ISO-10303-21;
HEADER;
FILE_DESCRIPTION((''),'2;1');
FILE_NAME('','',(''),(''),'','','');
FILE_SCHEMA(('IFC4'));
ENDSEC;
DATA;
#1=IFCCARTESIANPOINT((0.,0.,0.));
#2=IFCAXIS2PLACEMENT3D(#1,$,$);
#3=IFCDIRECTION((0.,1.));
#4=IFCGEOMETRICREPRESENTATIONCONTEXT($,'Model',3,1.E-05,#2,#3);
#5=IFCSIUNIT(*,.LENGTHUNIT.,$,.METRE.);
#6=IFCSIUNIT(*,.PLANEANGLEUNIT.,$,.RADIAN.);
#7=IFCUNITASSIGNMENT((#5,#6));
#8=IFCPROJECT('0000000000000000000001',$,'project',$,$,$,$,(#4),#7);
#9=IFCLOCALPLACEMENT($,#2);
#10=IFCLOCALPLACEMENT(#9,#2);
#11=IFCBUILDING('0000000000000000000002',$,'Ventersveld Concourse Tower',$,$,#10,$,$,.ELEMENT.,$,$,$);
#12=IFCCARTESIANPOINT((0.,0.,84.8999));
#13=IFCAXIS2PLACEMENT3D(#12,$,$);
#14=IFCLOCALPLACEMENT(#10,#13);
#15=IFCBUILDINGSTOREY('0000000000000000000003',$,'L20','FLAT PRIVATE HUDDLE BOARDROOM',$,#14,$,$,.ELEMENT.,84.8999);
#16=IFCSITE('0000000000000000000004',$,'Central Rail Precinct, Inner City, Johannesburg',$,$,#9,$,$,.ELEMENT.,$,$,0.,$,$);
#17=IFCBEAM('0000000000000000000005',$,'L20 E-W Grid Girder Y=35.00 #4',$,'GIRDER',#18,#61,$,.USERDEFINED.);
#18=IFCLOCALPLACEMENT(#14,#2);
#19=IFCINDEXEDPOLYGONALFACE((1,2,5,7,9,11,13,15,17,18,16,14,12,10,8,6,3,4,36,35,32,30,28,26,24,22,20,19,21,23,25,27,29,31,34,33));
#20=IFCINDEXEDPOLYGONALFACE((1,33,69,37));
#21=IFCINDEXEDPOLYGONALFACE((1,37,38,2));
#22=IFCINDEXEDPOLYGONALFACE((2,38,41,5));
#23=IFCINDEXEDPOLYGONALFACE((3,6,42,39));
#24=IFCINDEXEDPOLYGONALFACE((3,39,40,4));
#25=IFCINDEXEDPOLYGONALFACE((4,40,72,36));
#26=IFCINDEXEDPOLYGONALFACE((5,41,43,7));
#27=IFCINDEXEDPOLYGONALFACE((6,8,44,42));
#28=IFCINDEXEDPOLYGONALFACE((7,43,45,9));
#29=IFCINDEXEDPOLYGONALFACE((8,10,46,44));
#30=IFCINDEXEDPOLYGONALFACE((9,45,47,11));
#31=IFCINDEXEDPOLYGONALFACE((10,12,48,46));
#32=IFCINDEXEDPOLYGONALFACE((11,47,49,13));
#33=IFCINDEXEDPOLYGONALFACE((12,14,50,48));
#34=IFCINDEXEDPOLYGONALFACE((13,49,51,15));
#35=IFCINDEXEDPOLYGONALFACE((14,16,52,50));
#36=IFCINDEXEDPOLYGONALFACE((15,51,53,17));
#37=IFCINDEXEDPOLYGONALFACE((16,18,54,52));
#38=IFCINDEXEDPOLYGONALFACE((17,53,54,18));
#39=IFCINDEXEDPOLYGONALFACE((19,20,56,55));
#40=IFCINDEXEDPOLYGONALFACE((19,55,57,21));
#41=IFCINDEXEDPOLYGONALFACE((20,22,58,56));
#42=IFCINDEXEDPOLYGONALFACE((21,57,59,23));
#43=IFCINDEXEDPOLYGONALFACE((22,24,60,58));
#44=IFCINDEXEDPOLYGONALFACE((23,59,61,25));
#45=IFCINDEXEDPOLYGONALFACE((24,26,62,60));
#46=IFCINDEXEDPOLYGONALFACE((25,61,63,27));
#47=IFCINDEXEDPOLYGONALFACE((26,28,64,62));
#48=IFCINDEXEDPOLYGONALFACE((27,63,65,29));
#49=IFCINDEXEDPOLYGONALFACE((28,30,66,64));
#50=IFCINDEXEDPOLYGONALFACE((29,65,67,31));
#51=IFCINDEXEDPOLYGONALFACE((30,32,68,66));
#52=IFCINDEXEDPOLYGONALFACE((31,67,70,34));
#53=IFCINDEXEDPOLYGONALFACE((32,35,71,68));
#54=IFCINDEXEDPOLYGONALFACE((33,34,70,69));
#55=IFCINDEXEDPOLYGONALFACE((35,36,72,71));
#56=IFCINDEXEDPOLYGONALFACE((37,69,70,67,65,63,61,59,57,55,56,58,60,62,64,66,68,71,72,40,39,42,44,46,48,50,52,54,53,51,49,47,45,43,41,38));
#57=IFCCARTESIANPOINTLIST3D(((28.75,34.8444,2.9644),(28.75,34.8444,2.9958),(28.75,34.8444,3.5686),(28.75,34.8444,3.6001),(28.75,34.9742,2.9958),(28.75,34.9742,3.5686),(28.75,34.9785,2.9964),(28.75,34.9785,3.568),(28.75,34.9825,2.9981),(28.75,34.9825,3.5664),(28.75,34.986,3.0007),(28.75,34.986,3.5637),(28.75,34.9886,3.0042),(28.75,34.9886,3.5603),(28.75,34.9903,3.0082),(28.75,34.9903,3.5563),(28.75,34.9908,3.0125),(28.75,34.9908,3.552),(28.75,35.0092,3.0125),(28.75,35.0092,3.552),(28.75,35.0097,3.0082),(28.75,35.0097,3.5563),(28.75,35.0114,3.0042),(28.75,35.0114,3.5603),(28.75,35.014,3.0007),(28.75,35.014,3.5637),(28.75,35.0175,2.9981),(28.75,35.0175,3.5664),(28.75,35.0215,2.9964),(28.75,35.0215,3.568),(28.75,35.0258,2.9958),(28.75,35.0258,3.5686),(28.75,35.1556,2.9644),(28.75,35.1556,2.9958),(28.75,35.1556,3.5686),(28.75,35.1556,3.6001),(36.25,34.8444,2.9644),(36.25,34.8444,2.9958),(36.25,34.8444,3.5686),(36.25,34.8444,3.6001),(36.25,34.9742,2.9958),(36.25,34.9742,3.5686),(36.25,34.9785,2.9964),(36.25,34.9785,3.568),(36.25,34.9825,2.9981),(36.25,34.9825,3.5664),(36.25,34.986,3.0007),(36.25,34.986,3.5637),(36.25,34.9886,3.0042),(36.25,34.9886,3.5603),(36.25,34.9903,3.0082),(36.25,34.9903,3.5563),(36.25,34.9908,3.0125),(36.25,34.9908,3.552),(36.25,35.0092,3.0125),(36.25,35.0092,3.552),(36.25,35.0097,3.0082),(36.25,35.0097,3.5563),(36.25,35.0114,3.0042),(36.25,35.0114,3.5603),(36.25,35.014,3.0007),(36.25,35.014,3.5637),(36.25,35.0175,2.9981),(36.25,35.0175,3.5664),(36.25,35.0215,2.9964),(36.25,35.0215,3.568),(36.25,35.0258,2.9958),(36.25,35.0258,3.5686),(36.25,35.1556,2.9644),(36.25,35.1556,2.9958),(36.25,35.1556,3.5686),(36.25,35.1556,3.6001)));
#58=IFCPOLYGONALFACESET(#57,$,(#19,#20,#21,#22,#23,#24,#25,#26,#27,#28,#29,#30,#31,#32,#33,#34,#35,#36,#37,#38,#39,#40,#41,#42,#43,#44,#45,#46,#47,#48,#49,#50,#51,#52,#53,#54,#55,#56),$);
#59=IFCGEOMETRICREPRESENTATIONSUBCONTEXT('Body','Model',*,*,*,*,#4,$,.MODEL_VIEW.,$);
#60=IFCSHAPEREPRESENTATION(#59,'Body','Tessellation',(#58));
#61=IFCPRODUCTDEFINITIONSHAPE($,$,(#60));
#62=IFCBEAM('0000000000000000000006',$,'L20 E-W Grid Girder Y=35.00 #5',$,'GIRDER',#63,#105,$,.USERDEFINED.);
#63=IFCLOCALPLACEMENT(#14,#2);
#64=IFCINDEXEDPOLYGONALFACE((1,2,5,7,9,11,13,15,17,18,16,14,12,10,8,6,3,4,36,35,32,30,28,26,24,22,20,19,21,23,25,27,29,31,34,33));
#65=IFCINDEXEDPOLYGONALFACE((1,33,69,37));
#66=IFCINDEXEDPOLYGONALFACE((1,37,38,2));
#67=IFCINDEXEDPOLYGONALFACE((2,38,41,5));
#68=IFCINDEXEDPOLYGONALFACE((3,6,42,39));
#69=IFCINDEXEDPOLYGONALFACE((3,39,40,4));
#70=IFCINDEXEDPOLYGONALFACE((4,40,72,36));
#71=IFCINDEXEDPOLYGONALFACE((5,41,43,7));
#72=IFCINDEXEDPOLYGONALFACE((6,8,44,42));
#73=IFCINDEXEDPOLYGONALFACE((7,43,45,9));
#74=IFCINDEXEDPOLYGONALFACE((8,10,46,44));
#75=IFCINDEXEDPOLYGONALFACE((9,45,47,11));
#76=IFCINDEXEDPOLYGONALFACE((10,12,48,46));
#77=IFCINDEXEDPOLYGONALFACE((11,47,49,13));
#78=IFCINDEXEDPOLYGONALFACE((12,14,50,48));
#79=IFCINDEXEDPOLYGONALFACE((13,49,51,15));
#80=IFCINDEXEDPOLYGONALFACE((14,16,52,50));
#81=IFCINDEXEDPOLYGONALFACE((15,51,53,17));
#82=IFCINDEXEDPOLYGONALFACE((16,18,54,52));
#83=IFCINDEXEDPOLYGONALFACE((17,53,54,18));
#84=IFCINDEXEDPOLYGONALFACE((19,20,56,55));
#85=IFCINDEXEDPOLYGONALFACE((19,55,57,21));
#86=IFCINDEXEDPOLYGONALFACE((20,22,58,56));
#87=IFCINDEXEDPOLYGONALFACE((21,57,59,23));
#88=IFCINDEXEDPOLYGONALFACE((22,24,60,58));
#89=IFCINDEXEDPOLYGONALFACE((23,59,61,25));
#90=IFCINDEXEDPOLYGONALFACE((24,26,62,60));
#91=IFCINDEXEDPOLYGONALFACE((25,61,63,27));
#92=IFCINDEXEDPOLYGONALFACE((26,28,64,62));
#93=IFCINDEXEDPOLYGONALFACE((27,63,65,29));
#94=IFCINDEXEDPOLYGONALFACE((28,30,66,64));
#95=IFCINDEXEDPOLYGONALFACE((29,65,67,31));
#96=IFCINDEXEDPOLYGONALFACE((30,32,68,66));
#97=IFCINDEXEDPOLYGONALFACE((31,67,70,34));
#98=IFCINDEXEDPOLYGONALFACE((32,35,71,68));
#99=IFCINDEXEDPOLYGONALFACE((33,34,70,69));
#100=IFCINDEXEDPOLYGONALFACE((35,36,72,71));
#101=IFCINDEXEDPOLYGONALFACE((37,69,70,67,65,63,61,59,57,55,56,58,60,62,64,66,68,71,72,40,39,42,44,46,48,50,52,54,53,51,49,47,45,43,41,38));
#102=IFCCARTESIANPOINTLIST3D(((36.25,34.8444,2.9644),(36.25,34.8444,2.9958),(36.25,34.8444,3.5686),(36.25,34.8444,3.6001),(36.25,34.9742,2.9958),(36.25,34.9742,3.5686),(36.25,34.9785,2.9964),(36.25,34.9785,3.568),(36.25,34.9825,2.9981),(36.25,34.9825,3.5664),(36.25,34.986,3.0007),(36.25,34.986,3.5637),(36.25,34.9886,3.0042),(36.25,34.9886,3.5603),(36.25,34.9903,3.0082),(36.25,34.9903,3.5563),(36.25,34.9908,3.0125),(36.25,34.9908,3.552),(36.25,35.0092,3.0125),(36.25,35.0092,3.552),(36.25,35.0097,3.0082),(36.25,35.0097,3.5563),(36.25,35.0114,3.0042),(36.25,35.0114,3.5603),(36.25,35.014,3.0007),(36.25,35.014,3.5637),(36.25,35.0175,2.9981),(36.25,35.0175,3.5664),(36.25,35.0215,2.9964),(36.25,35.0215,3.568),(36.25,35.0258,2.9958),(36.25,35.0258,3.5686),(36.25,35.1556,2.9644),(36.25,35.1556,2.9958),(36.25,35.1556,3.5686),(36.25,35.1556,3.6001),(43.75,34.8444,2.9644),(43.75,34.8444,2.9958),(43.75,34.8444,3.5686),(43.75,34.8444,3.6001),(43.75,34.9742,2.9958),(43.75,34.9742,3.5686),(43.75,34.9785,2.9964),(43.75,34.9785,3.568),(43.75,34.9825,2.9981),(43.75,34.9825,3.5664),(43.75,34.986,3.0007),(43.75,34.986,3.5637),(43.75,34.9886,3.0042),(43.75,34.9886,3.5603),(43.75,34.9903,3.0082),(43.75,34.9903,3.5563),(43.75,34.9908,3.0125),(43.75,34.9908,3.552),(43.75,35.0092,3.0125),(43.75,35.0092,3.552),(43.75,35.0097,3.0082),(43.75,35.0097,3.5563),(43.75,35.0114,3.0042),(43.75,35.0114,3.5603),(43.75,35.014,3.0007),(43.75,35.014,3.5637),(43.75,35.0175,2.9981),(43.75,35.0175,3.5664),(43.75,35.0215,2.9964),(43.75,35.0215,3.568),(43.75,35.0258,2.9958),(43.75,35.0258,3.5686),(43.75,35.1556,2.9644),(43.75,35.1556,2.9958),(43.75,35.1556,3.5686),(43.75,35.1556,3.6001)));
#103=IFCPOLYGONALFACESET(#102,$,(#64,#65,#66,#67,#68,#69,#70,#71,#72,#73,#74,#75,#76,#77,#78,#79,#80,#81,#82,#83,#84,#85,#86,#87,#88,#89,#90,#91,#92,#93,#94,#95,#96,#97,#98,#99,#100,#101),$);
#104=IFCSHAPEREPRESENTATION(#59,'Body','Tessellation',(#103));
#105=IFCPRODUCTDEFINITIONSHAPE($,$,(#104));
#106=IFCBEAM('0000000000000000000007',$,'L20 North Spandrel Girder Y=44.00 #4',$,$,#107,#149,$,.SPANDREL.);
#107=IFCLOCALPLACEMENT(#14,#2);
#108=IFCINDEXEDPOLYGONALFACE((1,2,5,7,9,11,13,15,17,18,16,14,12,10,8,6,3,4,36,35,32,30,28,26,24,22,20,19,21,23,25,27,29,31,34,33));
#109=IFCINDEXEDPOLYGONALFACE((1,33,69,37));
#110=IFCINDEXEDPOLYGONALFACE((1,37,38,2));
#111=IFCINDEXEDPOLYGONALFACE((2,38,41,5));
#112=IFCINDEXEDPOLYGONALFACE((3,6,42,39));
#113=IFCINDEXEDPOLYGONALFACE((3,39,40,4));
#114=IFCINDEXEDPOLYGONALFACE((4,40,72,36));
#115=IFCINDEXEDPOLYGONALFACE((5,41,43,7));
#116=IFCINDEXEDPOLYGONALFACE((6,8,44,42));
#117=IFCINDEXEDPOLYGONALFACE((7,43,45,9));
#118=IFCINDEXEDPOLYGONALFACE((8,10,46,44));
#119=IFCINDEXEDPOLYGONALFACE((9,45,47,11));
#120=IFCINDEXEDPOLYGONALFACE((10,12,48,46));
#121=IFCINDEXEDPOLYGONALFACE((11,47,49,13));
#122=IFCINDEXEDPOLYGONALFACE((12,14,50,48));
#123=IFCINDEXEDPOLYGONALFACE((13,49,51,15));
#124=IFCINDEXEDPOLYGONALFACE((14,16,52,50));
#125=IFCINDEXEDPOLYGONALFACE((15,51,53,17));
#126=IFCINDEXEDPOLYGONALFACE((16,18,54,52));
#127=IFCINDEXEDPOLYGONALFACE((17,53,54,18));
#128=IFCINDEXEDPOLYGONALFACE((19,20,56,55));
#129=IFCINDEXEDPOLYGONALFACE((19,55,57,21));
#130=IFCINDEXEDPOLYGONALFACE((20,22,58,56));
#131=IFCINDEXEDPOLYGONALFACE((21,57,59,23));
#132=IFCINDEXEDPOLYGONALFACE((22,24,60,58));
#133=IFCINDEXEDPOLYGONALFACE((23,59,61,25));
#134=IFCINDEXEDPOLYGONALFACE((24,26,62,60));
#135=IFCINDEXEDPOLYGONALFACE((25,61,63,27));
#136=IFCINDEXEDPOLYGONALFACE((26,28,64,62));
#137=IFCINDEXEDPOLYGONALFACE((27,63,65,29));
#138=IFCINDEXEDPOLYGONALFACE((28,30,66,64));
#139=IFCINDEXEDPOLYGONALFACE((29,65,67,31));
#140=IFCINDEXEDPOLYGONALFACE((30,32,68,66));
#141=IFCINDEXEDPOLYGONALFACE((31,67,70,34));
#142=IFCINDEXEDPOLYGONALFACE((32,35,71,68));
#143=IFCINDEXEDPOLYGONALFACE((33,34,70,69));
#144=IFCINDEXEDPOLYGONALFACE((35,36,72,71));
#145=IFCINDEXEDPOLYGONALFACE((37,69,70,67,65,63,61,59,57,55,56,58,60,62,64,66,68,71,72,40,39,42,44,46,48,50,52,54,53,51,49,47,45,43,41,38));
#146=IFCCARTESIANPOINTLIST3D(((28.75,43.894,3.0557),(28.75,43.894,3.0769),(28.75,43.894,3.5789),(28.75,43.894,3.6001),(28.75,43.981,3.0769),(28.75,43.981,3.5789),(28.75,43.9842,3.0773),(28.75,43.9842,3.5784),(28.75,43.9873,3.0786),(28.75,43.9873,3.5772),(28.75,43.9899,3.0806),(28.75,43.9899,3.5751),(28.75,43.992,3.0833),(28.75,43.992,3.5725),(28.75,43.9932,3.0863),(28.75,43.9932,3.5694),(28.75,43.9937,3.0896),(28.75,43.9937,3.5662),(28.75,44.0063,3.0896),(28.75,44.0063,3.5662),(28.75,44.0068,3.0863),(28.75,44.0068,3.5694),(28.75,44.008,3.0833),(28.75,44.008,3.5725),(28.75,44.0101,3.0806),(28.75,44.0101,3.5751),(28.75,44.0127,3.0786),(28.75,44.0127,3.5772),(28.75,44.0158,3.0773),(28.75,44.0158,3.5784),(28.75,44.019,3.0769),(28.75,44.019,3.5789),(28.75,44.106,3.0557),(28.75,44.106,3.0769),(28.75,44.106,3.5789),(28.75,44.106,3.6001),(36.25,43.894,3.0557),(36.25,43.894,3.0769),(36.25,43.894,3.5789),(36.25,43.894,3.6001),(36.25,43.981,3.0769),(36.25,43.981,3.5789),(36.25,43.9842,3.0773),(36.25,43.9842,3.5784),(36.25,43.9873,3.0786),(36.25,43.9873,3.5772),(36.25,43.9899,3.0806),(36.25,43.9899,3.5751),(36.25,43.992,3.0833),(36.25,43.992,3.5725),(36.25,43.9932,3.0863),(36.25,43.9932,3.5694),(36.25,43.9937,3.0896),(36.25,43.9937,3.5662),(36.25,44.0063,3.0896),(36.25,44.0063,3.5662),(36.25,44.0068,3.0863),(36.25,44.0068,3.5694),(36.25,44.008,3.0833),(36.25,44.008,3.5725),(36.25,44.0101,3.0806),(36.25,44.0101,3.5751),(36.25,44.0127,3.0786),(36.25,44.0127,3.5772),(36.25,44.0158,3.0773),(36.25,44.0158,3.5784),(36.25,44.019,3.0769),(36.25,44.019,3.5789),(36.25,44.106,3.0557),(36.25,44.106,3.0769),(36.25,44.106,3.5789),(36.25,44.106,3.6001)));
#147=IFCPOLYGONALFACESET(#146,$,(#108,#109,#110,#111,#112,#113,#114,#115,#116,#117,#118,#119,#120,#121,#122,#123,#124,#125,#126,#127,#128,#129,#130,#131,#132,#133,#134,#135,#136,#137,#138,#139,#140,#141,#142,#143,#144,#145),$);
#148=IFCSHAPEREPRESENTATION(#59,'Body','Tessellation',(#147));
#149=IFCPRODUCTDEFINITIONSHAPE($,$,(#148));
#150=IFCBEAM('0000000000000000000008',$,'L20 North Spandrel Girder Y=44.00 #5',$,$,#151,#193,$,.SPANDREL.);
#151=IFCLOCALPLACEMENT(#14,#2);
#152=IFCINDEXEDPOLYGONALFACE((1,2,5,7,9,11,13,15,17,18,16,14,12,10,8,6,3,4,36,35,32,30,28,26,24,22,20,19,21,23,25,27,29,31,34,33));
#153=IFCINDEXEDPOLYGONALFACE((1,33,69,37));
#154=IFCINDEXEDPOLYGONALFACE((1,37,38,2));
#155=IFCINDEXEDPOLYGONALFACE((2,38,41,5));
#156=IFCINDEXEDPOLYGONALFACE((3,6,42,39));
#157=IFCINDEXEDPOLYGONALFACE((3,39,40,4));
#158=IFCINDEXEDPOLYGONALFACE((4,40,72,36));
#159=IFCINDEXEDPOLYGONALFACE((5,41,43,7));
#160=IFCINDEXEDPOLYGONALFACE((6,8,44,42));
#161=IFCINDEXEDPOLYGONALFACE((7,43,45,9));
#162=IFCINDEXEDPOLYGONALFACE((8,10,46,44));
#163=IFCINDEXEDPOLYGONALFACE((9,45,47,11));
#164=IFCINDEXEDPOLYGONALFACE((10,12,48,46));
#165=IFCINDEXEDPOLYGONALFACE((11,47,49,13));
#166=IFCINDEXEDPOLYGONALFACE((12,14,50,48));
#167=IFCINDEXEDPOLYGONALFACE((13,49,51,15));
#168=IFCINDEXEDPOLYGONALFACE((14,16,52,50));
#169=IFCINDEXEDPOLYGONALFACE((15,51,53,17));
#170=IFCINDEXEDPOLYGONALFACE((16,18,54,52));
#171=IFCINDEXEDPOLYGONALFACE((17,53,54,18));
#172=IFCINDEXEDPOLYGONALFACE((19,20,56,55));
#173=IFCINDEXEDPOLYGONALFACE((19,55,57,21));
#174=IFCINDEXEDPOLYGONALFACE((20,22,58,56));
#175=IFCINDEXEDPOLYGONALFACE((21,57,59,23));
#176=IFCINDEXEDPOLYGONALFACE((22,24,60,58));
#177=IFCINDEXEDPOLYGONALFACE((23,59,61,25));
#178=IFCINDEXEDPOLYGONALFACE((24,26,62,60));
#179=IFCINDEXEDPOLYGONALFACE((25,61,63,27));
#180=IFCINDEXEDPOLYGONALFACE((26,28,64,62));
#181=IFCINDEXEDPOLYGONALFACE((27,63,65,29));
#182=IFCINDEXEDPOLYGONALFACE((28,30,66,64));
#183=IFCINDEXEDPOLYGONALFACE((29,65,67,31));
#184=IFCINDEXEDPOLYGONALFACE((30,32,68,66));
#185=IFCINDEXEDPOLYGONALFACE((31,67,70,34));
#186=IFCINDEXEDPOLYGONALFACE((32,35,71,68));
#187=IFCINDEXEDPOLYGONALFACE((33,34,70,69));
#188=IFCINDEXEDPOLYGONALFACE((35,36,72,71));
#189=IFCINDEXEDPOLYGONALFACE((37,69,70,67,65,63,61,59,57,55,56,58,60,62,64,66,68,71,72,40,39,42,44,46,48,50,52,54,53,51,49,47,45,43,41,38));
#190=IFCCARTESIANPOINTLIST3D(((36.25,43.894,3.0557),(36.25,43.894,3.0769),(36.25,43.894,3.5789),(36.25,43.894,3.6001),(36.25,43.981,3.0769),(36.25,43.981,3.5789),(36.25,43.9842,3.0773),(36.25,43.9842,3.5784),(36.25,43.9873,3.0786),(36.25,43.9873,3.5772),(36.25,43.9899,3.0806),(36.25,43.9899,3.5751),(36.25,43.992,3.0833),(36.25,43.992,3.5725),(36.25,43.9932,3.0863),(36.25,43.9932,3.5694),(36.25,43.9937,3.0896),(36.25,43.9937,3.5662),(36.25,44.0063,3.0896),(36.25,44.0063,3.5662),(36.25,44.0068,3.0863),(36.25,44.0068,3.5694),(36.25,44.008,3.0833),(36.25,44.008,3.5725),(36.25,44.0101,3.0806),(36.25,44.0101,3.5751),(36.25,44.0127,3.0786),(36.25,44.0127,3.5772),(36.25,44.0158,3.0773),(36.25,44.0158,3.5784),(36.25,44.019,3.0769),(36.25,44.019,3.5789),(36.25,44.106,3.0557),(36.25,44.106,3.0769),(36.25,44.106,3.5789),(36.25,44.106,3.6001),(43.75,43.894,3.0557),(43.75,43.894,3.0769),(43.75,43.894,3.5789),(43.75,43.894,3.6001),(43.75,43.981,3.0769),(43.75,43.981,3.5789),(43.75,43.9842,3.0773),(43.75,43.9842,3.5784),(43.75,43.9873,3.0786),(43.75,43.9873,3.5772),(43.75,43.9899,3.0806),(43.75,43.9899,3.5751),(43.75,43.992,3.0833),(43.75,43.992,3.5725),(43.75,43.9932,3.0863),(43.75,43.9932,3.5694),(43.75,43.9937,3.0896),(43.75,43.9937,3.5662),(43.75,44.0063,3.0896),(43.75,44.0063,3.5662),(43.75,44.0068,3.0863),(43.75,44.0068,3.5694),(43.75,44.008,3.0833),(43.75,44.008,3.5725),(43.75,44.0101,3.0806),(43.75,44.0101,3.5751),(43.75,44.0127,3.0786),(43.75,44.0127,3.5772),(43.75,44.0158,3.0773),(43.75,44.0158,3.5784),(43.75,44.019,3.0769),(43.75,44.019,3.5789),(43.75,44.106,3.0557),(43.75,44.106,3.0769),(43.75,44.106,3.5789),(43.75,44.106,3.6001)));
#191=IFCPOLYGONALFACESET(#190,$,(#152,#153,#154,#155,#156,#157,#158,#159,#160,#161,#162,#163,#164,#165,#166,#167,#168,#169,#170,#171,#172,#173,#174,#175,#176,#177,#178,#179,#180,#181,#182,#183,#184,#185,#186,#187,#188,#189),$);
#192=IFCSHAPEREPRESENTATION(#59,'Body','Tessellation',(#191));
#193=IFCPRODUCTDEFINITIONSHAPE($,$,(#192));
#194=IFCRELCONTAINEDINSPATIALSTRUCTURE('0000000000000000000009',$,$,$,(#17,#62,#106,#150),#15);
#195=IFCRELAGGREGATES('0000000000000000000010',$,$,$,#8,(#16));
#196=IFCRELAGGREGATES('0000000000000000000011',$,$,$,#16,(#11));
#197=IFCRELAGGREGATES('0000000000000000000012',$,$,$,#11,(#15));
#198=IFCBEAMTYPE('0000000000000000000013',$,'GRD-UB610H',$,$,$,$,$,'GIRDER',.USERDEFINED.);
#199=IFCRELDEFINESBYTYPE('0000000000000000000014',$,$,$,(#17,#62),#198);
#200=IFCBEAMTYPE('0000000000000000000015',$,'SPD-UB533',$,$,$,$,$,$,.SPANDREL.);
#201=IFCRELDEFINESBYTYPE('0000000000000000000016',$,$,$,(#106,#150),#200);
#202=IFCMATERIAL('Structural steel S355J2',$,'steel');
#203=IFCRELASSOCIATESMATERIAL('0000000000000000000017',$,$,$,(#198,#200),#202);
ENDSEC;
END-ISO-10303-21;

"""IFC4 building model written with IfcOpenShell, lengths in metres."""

from ifc_helpers import new_model, si_unit, direction, frame, origin, origin_2d, place, context, subcontext, project, spatial, i_section, extrude, material, material_profile, profile_set, type_object, element, save


model = new_model("IFC4")

# Units and contexts
model_context = context("Model", 3, precision=1e-05, world=origin(), true_north=direction((0.0, 1.0)))
body_context = subcontext(model_context, "Body", "Model", "MODEL_VIEW")
ifc_project = project(units=[si_unit("LENGTHUNIT", "METRE"), si_unit("PLANEANGLEUNIT", "RADIAN")], contexts=[model_context])

# Site, building, storey
site_placement = place(None, origin())
site = spatial("IfcSite", under=ifc_project, at=site_placement, Name="Central Rail Precinct, Inner City, Johannesburg", CompositionType="ELEMENT", RefElevation=0.0)
building_placement = place(site_placement, origin())
building = spatial("IfcBuilding", under=site, at=building_placement, Name="Ventersveld Concourse Tower", CompositionType="ELEMENT")
storey_placement = place(building_placement, frame((0.0, 0.0, 84.8999)))
storey = spatial("IfcBuildingStorey", under=building, at=storey_placement, Name="L20", Description="FLAT PRIVATE HUDDLE BOARDROOM", CompositionType="ELEMENT", Elevation=84.8999)

# Beams
ifc_material_1 = material(Name="Structural steel S355J2", Category="steel")
ifc_material_profile_1 = material_profile(ifc_material_1, i_section(OverallWidth=0.3113, OverallDepth=0.6357, WebThickness=0.0183, FlangeThickness=0.0315, FilletRadius=0.0166, at=origin_2d()), Name="UB 610x305x238")
ifc_profile_set_1 = profile_set([ifc_material_profile_1], Name="Structural steel S355J2")
beam_type_1 = type_object("IfcBeamType", Name="GRD-UB610H", ElementType="GIRDER", PredefinedType="USERDEFINED", material=ifc_profile_set_1)
for number, where, z_axis, x_axis, name in (
    (1, (28.75, 35.0, 3.2822), (1.0, 0.0, 0.0), (0.0, 1.0, 0.0), "L20 E-W Grid Girder Y=35.00 #4"),
    (2, (36.25, 35.0, 3.2822), (1.0, 0.0, 0.0), (0.0, 1.0, 0.0), "L20 E-W Grid Girder Y=35.00 #5"),
):
    element("IfcBeam", number, at=place(storey_placement, frame(where, z_axis=z_axis, x_axis=x_axis)), inside=storey, type_object=beam_type_1, Name=name, ObjectType="GIRDER", PredefinedType="USERDEFINED", context=body_context, shape_type="SweptSolid", body=[
        extrude(i_section(OverallWidth=0.3113, OverallDepth=0.6357, WebThickness=0.0183, FlangeThickness=0.0315, FilletRadius=0.0166, at=origin_2d()), origin(), (0.0, 0.0, 1.0), 7.5),
    ])
ifc_material_profile_2 = material_profile(ifc_material_1, i_section(OverallWidth=0.2119, OverallDepth=0.5444, WebThickness=0.0127, FlangeThickness=0.0212, FilletRadius=0.0127, at=origin_2d()), Name="UB 533x210x122")
ifc_profile_set_2 = profile_set([ifc_material_profile_2], Name="Structural steel S355J2")
beam_type_2 = type_object("IfcBeamType", Name="SPD-UB533", PredefinedType="SPANDREL", material=ifc_profile_set_2)
for number, where, z_axis, x_axis, name in (
    (3, (28.75, 44.0, 3.3279), (1.0, 0.0, 0.0), (0.0, 1.0, 0.0), "L20 North Spandrel Girder Y=44.00 #4"),
    (4, (36.25, 44.0, 3.3279), (1.0, 0.0, 0.0), (0.0, 1.0, 0.0), "L20 North Spandrel Girder Y=44.00 #5"),
):
    element("IfcBeam", number, at=place(storey_placement, frame(where, z_axis=z_axis, x_axis=x_axis)), inside=storey, type_object=beam_type_2, Name=name, PredefinedType="SPANDREL", context=body_context, shape_type="SweptSolid", body=[
        extrude(i_section(OverallWidth=0.2119, OverallDepth=0.5444, WebThickness=0.0127, FlangeThickness=0.0212, FilletRadius=0.0127, at=origin_2d()), origin(), (0.0, 0.0, 1.0), 7.5),
    ])

save(model, "model.ifc")
